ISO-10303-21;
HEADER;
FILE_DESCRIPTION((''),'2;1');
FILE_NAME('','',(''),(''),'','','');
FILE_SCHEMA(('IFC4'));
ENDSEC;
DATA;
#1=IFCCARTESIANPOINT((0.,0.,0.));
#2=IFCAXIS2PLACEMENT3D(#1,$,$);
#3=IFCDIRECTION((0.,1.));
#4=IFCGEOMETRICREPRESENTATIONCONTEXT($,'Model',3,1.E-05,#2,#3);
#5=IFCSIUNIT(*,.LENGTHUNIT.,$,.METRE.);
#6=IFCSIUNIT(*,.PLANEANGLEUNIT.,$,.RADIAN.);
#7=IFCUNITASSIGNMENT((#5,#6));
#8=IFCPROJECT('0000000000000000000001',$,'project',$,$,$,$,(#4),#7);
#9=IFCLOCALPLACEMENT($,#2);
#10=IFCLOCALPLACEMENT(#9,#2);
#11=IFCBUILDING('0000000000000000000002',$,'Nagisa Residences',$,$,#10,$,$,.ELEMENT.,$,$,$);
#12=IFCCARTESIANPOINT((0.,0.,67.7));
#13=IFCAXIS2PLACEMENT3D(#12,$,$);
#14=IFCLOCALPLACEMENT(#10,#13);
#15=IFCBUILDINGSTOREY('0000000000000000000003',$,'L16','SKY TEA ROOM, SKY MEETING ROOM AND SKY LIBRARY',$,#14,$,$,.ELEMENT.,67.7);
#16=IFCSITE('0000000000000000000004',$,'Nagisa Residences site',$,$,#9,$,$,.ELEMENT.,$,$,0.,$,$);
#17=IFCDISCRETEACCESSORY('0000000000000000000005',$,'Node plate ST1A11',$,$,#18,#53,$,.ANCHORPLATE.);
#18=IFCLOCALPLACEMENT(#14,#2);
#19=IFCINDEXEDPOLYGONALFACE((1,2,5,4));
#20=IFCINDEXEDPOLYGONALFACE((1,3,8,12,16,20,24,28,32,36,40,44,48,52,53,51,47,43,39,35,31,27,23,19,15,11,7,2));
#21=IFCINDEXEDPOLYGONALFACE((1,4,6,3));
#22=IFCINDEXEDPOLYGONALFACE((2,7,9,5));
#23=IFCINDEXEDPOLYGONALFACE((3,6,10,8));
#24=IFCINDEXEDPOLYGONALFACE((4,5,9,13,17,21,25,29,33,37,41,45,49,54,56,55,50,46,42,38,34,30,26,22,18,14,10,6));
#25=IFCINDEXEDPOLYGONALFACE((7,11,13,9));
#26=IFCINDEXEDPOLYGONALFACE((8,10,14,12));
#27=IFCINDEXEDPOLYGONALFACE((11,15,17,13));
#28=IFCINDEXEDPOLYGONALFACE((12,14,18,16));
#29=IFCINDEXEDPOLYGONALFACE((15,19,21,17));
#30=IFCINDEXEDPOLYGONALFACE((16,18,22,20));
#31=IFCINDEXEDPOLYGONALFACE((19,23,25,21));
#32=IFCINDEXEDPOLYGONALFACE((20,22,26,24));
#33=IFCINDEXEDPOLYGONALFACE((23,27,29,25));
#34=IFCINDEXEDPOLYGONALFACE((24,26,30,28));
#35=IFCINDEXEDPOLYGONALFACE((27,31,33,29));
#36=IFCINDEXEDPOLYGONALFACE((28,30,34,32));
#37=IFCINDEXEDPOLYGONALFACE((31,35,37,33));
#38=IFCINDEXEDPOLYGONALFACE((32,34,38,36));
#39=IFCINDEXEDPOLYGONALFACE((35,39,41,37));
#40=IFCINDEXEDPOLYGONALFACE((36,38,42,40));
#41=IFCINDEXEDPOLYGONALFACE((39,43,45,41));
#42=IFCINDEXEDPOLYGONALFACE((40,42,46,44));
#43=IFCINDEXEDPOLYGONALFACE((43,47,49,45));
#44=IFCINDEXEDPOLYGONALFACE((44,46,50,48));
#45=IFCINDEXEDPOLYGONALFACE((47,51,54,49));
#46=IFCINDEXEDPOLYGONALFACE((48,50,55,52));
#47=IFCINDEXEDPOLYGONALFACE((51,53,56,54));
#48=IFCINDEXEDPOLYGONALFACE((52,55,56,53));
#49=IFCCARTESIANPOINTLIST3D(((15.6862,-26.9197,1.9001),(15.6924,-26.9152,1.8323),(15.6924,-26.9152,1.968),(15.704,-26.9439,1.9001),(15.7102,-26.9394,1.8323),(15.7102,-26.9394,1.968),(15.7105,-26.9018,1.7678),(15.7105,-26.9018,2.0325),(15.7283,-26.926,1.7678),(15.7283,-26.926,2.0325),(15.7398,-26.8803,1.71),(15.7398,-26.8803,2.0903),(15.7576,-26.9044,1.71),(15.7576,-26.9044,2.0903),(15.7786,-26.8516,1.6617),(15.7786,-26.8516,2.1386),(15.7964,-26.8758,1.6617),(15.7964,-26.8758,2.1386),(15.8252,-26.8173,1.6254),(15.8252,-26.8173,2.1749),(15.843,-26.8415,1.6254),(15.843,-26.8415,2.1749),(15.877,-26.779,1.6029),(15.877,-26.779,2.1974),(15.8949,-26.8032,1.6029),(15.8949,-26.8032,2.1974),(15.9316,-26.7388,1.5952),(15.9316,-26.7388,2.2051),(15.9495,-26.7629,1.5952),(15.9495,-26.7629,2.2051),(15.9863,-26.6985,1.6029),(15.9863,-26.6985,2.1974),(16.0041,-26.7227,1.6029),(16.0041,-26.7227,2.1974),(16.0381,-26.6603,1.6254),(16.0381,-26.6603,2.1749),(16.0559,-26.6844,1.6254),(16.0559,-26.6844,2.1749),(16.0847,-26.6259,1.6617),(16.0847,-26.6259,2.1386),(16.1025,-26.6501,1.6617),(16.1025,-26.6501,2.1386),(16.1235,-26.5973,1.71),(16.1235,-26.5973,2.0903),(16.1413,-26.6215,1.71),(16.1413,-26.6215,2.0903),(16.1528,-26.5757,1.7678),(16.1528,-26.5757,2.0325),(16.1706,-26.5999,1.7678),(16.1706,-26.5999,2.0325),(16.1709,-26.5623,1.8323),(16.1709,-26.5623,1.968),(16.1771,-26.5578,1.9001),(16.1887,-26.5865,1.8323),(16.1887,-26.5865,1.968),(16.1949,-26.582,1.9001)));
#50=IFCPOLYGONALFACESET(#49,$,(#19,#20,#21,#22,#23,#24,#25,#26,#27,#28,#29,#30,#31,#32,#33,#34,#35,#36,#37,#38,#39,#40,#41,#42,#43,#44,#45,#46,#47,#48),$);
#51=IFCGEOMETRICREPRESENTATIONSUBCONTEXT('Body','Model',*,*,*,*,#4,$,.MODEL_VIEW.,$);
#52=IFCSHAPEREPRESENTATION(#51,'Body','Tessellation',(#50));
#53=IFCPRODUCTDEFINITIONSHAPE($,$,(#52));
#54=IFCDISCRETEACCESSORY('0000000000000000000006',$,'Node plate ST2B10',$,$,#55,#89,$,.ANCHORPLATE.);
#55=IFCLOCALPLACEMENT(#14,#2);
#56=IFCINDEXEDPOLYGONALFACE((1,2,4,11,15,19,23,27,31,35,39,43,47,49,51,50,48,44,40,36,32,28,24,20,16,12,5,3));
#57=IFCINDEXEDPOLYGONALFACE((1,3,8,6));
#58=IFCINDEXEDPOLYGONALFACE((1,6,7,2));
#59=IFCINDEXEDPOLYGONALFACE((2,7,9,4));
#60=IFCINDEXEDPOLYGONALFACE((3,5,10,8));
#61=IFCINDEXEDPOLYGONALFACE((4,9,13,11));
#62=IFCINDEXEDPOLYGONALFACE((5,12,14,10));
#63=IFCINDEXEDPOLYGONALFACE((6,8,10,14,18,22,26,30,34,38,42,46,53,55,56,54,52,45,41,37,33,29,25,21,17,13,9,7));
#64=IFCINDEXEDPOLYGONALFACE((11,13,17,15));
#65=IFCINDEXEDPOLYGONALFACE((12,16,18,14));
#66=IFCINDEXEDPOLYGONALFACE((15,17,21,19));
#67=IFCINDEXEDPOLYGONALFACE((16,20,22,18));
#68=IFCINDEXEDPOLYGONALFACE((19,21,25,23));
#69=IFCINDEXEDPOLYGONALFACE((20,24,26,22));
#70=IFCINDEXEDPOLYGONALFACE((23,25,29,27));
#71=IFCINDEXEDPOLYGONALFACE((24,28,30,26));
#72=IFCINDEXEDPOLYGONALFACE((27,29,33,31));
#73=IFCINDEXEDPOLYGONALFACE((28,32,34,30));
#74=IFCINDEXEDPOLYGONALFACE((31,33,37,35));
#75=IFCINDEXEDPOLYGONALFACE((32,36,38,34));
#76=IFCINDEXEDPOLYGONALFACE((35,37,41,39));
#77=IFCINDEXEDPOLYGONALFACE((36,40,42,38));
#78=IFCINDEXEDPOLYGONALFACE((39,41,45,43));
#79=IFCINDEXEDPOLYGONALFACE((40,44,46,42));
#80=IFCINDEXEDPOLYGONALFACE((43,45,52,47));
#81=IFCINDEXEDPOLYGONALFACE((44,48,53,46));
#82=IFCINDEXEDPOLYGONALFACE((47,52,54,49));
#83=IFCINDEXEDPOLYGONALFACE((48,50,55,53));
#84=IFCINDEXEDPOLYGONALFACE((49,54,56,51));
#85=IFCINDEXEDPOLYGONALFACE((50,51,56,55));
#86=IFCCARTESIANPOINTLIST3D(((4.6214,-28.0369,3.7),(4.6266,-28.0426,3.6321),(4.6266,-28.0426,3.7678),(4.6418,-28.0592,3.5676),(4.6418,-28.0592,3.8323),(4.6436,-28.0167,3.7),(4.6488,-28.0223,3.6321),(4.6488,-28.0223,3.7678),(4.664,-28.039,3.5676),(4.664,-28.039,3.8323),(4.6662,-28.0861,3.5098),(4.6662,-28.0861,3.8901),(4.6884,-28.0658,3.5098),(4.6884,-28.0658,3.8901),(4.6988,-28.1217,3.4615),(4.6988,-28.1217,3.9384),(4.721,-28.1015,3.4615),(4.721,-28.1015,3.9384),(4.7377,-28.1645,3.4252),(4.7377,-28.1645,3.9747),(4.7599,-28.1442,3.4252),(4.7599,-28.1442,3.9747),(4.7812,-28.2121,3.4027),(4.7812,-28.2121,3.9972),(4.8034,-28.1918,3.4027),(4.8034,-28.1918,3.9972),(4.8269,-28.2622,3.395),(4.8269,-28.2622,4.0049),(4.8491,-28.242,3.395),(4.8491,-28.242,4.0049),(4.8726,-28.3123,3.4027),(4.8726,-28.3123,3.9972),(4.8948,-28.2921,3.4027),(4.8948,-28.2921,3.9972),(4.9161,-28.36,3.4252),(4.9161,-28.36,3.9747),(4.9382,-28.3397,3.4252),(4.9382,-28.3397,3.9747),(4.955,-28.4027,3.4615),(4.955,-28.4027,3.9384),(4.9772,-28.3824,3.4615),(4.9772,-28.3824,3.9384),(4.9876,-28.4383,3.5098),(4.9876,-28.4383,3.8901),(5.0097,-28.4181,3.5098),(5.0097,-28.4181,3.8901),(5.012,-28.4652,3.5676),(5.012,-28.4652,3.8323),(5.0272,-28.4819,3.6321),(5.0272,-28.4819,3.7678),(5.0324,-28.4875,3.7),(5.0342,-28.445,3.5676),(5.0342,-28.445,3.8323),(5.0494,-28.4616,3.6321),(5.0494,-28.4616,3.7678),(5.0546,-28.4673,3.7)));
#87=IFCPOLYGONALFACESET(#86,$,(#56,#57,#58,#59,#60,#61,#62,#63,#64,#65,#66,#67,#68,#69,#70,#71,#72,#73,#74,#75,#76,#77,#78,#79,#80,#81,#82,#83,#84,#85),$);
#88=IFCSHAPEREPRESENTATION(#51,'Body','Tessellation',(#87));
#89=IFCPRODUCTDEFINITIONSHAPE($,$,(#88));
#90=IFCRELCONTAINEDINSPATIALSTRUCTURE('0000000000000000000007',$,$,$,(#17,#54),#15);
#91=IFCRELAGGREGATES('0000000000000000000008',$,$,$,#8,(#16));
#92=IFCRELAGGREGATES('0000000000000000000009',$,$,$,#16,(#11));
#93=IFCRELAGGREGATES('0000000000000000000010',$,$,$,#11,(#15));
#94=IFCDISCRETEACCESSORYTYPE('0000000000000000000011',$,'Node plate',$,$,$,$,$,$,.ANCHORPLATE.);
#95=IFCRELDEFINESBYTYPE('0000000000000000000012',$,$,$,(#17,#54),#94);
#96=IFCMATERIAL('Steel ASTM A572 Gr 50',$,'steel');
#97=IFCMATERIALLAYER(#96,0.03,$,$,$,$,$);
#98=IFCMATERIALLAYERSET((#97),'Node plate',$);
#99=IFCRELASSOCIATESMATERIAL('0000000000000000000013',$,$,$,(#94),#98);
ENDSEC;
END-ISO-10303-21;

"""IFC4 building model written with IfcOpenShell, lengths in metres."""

from ifc_helpers import new_model, si_unit, direction, frame, origin, origin_2d, place, context, subcontext, project, spatial, circle, extrude, material, layer, layer_set, type_object, element, save


model = new_model("IFC4")

# Units and contexts
model_context = context("Model", 3, precision=1e-05, world=origin(), true_north=direction((0.0, 1.0)))
body_context = subcontext(model_context, "Body", "Model", "MODEL_VIEW")
ifc_project = project(units=[si_unit("LENGTHUNIT", "METRE"), si_unit("PLANEANGLEUNIT", "RADIAN")], contexts=[model_context])

# Site, building, storey
site_placement = place(None, origin())
site = spatial("IfcSite", under=ifc_project, at=site_placement, Name="Nagisa Residences site", CompositionType="ELEMENT", RefElevation=0.0)
building_placement = place(site_placement, origin())
building = spatial("IfcBuilding", under=site, at=building_placement, Name="Nagisa Residences", CompositionType="ELEMENT")
storey_placement = place(building_placement, frame((0.0, 0.0, 67.7)))
storey = spatial("IfcBuildingStorey", under=building, at=storey_placement, Name="L16", Description="SKY TEA ROOM, SKY MEETING ROOM AND SKY LIBRARY", CompositionType="ELEMENT", Elevation=67.7)

# Discrete accessories
ifc_material_1 = material(Name="Steel ASTM A572 Gr 50", Category="steel")
ifc_layer = layer(ifc_material_1, 0.03)
ifc_layer_set = layer_set([ifc_layer], Name="Node plate")
discrete_accessory_type_1 = type_object("IfcDiscreteAccessoryType", Name="Node plate", PredefinedType="ANCHORPLATE", material=ifc_layer_set)
for number, where, z_axis, x_axis, name in (
    (1, (15.9495, -26.7629, 1.9001), (-0.593476, 0.804851, 0.0), (-0.804851, -0.593476, 0.0), "Node plate ST1A11"),
    (2, (4.8269, -28.2622, 3.7), (0.738837, 0.673884, 0.0), (-0.673884, 0.738837, 0.0), "Node plate ST2B10"),
):
    element("IfcDiscreteAccessory", number, at=place(storey_placement, frame(where, z_axis=z_axis, x_axis=x_axis)), inside=storey, type_object=discrete_accessory_type_1, Name=name, PredefinedType="ANCHORPLATE", context=body_context, shape_type="SweptSolid", body=[
        extrude(circle(Radius=0.3049, at=origin_2d()), origin(), (0.0, 0.0, 1.0), 0.03),
    ])

save(model, "model.ifc")
